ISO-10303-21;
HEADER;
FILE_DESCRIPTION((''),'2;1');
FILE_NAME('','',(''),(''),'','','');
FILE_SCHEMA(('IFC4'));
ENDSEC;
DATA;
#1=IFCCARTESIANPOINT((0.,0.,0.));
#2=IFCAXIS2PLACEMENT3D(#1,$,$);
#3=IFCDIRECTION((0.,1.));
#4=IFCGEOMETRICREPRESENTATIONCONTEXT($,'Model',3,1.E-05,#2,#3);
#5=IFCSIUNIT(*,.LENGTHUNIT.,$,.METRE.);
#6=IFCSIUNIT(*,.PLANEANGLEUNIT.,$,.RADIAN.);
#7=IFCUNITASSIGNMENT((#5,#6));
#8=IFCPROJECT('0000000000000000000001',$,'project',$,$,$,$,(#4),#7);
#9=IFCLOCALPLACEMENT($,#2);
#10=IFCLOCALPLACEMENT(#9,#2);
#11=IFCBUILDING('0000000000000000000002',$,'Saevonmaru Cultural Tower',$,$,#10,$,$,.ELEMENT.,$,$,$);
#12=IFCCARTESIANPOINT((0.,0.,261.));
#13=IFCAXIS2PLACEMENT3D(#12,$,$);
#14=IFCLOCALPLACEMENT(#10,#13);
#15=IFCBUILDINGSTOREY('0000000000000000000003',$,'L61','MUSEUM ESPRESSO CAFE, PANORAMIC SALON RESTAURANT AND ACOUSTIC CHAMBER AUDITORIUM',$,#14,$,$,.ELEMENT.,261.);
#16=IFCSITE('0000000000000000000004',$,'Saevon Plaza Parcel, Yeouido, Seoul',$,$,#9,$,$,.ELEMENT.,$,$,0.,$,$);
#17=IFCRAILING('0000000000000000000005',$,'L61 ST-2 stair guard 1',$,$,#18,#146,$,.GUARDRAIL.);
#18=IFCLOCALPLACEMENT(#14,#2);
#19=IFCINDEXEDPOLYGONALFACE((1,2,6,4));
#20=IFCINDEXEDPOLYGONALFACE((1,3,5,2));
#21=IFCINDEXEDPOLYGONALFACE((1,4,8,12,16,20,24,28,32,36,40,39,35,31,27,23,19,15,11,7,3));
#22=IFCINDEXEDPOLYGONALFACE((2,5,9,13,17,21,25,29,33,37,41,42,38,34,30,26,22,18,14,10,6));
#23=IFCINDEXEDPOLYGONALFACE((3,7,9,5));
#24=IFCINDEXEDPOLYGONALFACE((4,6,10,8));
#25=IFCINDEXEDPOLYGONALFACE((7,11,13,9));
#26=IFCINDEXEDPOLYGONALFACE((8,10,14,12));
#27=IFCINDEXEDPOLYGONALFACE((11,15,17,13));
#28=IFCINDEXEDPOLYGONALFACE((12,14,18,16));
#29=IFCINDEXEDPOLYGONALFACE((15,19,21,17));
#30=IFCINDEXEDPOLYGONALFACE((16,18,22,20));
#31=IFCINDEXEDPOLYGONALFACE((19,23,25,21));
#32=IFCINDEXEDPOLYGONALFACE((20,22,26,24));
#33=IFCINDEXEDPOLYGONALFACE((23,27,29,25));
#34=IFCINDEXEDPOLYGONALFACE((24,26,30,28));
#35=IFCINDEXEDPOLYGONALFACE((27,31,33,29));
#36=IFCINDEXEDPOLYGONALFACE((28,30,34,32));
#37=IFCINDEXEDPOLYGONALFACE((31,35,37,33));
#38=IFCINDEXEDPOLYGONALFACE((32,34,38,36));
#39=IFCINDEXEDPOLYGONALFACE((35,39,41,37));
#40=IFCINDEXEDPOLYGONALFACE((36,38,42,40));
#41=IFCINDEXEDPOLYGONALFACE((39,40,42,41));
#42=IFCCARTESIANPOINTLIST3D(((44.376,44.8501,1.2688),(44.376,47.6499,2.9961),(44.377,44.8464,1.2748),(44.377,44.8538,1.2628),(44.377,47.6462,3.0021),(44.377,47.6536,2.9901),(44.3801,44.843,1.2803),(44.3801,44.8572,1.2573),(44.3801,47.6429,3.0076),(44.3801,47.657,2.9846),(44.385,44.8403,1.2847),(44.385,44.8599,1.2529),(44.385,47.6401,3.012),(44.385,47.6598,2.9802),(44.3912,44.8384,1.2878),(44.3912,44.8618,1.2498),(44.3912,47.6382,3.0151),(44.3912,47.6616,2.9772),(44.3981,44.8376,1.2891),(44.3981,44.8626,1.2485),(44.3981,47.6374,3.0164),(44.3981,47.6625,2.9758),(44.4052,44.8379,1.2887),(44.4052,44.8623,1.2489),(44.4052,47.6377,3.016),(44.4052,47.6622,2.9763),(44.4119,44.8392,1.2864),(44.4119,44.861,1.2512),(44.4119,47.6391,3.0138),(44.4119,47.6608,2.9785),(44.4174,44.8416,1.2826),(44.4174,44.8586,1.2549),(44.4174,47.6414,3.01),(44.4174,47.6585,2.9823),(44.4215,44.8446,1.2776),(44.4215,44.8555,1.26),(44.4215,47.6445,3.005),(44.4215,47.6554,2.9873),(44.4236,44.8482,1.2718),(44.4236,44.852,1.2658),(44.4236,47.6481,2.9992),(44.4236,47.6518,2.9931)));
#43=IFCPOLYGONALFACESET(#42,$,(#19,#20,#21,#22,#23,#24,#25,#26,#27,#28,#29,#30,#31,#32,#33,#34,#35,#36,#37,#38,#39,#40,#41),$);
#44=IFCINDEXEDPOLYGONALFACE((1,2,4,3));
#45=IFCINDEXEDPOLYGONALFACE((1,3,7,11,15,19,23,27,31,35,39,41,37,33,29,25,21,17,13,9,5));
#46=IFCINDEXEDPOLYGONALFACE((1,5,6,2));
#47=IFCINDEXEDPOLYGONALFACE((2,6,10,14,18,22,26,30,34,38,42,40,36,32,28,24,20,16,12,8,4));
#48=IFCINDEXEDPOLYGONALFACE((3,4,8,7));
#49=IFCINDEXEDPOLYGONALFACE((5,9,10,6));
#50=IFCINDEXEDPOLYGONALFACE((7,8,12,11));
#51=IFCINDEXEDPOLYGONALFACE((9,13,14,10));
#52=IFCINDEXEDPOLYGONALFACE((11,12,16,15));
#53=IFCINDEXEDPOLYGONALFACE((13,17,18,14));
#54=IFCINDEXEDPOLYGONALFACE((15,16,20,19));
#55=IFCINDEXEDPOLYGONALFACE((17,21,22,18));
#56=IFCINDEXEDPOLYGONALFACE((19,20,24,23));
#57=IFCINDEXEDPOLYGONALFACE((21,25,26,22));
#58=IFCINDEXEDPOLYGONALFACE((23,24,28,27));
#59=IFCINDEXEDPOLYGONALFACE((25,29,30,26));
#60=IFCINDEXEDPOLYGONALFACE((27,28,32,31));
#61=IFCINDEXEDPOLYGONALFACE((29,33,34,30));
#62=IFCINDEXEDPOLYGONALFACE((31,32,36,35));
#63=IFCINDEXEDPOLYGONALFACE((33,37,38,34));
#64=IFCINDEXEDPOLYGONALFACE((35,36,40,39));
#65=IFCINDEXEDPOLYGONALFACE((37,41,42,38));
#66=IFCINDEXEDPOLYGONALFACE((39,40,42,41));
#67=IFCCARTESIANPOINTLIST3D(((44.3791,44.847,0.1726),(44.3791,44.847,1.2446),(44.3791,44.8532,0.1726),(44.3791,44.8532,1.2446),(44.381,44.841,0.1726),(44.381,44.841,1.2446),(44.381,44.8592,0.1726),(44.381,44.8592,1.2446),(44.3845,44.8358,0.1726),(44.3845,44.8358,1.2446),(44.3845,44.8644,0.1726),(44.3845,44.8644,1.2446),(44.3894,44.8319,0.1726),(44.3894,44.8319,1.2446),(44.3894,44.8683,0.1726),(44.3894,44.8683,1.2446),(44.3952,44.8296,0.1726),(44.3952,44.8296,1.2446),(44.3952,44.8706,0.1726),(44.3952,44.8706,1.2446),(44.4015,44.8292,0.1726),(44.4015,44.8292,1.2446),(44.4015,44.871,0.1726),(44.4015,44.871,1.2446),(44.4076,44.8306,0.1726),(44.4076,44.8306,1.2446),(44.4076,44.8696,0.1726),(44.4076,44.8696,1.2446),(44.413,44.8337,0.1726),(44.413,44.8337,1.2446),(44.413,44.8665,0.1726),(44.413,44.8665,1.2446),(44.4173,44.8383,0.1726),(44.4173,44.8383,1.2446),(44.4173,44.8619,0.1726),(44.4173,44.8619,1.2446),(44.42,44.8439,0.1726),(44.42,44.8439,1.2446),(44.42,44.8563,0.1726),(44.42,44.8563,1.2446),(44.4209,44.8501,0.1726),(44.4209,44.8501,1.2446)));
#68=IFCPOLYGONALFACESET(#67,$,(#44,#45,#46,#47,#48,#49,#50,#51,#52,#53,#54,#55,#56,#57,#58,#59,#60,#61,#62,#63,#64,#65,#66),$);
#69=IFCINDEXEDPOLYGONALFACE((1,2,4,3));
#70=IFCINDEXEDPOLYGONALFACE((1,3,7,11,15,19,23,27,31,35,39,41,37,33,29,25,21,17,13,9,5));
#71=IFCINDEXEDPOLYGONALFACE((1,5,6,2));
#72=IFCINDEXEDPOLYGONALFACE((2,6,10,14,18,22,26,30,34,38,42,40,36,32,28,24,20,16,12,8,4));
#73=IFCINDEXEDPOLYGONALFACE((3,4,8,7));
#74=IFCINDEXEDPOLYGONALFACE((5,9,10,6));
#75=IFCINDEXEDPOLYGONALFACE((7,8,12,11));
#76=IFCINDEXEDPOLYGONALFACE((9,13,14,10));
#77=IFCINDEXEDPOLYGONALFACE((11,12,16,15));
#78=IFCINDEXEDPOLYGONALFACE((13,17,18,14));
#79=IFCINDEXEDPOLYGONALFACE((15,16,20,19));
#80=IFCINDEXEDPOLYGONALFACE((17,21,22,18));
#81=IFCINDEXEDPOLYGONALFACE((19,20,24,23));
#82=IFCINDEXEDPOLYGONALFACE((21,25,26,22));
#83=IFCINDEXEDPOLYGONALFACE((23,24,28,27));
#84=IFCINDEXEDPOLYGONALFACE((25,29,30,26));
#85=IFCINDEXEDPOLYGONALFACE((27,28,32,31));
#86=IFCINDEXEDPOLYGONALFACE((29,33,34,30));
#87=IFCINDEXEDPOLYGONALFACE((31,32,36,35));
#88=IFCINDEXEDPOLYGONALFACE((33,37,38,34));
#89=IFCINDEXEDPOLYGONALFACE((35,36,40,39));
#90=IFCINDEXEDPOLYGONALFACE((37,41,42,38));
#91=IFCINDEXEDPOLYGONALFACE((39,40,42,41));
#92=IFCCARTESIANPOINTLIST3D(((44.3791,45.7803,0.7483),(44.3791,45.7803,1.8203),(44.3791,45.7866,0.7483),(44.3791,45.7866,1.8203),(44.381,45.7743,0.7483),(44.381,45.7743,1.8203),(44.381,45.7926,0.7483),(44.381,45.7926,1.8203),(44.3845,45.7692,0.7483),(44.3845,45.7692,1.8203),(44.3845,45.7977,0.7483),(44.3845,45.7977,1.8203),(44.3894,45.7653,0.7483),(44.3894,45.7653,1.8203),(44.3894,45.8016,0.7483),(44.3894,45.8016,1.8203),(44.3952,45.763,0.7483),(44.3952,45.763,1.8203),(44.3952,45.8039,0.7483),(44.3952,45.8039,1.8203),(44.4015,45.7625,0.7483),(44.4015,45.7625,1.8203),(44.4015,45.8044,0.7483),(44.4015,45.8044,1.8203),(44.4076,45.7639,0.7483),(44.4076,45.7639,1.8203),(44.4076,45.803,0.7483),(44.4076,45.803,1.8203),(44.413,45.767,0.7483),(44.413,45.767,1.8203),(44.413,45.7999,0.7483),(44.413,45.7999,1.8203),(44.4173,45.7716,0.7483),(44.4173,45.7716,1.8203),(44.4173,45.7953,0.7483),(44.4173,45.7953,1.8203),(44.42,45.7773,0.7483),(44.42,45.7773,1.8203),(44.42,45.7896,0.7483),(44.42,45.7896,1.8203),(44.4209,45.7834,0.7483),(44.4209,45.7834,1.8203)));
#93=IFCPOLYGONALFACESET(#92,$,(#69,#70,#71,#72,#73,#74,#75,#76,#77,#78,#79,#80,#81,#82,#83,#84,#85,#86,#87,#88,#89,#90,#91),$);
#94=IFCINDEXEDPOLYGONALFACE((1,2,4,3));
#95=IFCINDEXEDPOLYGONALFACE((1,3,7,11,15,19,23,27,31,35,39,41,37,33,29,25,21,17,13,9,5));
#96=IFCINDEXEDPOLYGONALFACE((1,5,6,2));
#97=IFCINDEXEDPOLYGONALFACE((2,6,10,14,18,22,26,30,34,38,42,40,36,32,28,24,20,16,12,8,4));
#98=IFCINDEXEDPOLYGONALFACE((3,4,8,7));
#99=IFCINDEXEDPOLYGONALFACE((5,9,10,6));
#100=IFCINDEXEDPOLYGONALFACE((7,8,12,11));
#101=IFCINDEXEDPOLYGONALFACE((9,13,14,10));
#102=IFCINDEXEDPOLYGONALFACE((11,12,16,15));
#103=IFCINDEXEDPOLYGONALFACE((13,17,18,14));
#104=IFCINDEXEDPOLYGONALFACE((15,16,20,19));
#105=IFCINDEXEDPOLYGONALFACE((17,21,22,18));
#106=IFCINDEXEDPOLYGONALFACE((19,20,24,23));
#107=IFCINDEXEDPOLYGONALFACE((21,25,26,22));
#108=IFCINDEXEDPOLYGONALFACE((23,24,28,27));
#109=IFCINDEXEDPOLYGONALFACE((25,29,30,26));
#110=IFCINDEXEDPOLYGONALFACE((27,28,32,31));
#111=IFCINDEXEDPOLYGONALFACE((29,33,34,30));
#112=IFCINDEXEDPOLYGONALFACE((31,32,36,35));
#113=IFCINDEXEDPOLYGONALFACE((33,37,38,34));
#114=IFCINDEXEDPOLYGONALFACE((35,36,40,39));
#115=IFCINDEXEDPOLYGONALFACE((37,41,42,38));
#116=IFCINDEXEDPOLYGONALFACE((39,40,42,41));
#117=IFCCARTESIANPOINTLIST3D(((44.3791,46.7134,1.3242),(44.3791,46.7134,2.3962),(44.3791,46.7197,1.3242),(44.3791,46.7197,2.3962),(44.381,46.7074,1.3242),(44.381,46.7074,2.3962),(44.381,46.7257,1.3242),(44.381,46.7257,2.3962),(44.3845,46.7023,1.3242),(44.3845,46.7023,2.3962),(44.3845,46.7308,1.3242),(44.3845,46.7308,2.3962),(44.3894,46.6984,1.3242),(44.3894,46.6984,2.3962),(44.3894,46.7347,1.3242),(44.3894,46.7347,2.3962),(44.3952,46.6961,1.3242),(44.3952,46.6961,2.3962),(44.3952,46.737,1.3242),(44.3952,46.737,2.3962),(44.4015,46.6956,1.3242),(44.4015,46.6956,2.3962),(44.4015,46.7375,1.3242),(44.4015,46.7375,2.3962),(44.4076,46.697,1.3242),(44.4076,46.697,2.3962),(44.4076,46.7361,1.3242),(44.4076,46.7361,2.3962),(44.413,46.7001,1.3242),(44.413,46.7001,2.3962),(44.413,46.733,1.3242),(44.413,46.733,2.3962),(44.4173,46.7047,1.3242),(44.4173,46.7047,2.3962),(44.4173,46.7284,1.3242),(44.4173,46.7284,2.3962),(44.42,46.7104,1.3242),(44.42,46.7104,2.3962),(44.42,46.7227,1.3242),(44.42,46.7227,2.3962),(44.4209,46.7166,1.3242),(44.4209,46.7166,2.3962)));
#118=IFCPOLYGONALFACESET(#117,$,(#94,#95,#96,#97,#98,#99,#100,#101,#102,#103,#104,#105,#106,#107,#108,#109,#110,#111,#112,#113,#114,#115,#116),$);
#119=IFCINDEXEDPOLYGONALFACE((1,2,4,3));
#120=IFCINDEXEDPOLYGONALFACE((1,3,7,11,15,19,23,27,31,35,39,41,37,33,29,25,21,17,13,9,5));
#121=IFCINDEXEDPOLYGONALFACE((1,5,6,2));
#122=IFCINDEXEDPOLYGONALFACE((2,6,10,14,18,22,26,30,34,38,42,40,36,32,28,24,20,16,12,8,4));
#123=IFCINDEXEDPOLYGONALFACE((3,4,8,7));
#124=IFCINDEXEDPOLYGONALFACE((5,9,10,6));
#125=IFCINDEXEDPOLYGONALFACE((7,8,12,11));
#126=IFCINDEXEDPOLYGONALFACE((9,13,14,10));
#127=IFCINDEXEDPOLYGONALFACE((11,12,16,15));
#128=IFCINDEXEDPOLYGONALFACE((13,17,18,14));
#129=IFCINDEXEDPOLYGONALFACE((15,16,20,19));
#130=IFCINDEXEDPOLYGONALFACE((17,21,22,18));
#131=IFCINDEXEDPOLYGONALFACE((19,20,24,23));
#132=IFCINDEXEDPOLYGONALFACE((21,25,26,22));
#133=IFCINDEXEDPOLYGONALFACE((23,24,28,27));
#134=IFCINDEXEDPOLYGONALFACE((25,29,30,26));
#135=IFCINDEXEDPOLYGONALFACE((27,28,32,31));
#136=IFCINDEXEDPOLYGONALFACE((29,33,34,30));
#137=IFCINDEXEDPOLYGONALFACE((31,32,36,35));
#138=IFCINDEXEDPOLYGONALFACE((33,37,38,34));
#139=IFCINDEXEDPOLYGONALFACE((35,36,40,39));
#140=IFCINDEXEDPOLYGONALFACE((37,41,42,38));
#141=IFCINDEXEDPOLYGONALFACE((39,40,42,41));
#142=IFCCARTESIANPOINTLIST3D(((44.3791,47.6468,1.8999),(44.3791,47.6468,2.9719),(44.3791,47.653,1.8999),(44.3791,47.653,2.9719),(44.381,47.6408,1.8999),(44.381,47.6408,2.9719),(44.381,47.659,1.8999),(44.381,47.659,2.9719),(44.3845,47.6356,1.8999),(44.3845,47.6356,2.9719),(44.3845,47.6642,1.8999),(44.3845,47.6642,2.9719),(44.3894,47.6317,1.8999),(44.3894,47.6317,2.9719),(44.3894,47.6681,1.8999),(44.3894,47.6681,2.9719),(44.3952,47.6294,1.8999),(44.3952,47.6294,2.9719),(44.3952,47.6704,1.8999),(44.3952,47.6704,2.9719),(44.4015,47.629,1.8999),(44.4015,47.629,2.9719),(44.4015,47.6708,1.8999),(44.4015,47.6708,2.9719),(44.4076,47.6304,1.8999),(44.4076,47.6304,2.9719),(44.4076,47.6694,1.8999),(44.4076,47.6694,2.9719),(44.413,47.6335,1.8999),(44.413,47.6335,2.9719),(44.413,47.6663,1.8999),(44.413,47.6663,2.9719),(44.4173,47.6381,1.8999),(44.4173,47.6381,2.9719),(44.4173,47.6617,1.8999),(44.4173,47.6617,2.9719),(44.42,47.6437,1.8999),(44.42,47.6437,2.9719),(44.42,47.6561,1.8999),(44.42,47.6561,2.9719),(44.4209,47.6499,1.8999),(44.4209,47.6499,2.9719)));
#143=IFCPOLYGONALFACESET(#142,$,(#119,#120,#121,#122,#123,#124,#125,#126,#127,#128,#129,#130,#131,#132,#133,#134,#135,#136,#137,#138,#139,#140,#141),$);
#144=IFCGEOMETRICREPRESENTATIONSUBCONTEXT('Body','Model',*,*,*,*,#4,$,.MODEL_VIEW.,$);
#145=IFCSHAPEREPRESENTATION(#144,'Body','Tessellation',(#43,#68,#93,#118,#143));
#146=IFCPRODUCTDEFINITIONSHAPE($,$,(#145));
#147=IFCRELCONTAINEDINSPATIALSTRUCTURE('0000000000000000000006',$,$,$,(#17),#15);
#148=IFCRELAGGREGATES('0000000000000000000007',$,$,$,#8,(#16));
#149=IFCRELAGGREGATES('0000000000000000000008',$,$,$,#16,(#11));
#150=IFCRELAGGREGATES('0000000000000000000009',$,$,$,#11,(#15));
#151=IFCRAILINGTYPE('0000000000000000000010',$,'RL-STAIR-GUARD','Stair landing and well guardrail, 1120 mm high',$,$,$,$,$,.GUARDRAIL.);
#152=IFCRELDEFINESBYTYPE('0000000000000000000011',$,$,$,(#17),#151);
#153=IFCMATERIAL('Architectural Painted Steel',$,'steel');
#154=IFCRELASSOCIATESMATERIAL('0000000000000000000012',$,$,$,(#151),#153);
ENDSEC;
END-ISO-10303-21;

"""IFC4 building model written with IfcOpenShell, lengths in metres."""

from ifc_helpers import new_model, si_unit, direction, frame, origin, origin_2d, place, context, subcontext, project, spatial, circle, extrude, material, type_object, element, save


model = new_model("IFC4")

# Units and contexts
model_context = context("Model", 3, precision=1e-05, world=origin(), true_north=direction((0.0, 1.0)))
body_context = subcontext(model_context, "Body", "Model", "MODEL_VIEW")
ifc_project = project(units=[si_unit("LENGTHUNIT", "METRE"), si_unit("PLANEANGLEUNIT", "RADIAN")], contexts=[model_context])

# Site, building, storey
site_placement = place(None, origin())
site = spatial("IfcSite", under=ifc_project, at=site_placement, Name="Saevon Plaza Parcel, Yeouido, Seoul", CompositionType="ELEMENT", RefElevation=0.0)
building_placement = place(site_placement, origin())
building = spatial("IfcBuilding", under=site, at=building_placement, Name="Saevonmaru Cultural Tower", CompositionType="ELEMENT")
storey_placement = place(building_placement, frame((0.0, 0.0, 261.0)))
storey = spatial("IfcBuildingStorey", under=building, at=storey_placement, Name="L61", Description="MUSEUM ESPRESSO CAFE, PANORAMIC SALON RESTAURANT AND ACOUSTIC CHAMBER AUDITORIUM", CompositionType="ELEMENT", Elevation=261.0)

# Railing
ifc_material_1 = material(Name="Architectural Painted Steel", Category="steel")
railing_type_1 = type_object("IfcRailingType", Name="RL-STAIR-GUARD", Description="Stair landing and well guardrail, 1120 mm high", PredefinedType="GUARDRAIL", material=ifc_material_1)
railing_1_placement = place(storey_placement, frame((44.3999, 44.8501, 0.1726)))
element("IfcRailing", 1, at=railing_1_placement, inside=storey, type_object=railing_type_1, Name="L61 ST-2 stair guard 1", PredefinedType="GUARDRAIL", context=body_context, shape_type="SweptSolid", body=[
    extrude(circle(Radius=0.0239, at=origin_2d()), frame((0.0, 0.0, 1.0962), z_axis=(0.0, 0.851069, 0.525054), x_axis=(-1.0, 0.0, 0.0)), (0.0, 0.0, 1.0), 3.2898),
    extrude(circle(Radius=0.021, at=origin_2d()), origin(), (0.0, 0.0, 1.0), 1.072),
    extrude(circle(Radius=0.021, at=origin_2d()), frame((0.0, 0.9333, 0.5757)), (0.0, 0.0, 1.0), 1.072),
    extrude(circle(Radius=0.021, at=origin_2d()), frame((0.0, 1.8665, 1.1516)), (0.0, 0.0, 1.0), 1.072),
    extrude(circle(Radius=0.021, at=origin_2d()), frame((0.0, 2.7998, 1.7273)), (0.0, 0.0, 1.0), 1.072),
])

save(model, "model.ifc")
